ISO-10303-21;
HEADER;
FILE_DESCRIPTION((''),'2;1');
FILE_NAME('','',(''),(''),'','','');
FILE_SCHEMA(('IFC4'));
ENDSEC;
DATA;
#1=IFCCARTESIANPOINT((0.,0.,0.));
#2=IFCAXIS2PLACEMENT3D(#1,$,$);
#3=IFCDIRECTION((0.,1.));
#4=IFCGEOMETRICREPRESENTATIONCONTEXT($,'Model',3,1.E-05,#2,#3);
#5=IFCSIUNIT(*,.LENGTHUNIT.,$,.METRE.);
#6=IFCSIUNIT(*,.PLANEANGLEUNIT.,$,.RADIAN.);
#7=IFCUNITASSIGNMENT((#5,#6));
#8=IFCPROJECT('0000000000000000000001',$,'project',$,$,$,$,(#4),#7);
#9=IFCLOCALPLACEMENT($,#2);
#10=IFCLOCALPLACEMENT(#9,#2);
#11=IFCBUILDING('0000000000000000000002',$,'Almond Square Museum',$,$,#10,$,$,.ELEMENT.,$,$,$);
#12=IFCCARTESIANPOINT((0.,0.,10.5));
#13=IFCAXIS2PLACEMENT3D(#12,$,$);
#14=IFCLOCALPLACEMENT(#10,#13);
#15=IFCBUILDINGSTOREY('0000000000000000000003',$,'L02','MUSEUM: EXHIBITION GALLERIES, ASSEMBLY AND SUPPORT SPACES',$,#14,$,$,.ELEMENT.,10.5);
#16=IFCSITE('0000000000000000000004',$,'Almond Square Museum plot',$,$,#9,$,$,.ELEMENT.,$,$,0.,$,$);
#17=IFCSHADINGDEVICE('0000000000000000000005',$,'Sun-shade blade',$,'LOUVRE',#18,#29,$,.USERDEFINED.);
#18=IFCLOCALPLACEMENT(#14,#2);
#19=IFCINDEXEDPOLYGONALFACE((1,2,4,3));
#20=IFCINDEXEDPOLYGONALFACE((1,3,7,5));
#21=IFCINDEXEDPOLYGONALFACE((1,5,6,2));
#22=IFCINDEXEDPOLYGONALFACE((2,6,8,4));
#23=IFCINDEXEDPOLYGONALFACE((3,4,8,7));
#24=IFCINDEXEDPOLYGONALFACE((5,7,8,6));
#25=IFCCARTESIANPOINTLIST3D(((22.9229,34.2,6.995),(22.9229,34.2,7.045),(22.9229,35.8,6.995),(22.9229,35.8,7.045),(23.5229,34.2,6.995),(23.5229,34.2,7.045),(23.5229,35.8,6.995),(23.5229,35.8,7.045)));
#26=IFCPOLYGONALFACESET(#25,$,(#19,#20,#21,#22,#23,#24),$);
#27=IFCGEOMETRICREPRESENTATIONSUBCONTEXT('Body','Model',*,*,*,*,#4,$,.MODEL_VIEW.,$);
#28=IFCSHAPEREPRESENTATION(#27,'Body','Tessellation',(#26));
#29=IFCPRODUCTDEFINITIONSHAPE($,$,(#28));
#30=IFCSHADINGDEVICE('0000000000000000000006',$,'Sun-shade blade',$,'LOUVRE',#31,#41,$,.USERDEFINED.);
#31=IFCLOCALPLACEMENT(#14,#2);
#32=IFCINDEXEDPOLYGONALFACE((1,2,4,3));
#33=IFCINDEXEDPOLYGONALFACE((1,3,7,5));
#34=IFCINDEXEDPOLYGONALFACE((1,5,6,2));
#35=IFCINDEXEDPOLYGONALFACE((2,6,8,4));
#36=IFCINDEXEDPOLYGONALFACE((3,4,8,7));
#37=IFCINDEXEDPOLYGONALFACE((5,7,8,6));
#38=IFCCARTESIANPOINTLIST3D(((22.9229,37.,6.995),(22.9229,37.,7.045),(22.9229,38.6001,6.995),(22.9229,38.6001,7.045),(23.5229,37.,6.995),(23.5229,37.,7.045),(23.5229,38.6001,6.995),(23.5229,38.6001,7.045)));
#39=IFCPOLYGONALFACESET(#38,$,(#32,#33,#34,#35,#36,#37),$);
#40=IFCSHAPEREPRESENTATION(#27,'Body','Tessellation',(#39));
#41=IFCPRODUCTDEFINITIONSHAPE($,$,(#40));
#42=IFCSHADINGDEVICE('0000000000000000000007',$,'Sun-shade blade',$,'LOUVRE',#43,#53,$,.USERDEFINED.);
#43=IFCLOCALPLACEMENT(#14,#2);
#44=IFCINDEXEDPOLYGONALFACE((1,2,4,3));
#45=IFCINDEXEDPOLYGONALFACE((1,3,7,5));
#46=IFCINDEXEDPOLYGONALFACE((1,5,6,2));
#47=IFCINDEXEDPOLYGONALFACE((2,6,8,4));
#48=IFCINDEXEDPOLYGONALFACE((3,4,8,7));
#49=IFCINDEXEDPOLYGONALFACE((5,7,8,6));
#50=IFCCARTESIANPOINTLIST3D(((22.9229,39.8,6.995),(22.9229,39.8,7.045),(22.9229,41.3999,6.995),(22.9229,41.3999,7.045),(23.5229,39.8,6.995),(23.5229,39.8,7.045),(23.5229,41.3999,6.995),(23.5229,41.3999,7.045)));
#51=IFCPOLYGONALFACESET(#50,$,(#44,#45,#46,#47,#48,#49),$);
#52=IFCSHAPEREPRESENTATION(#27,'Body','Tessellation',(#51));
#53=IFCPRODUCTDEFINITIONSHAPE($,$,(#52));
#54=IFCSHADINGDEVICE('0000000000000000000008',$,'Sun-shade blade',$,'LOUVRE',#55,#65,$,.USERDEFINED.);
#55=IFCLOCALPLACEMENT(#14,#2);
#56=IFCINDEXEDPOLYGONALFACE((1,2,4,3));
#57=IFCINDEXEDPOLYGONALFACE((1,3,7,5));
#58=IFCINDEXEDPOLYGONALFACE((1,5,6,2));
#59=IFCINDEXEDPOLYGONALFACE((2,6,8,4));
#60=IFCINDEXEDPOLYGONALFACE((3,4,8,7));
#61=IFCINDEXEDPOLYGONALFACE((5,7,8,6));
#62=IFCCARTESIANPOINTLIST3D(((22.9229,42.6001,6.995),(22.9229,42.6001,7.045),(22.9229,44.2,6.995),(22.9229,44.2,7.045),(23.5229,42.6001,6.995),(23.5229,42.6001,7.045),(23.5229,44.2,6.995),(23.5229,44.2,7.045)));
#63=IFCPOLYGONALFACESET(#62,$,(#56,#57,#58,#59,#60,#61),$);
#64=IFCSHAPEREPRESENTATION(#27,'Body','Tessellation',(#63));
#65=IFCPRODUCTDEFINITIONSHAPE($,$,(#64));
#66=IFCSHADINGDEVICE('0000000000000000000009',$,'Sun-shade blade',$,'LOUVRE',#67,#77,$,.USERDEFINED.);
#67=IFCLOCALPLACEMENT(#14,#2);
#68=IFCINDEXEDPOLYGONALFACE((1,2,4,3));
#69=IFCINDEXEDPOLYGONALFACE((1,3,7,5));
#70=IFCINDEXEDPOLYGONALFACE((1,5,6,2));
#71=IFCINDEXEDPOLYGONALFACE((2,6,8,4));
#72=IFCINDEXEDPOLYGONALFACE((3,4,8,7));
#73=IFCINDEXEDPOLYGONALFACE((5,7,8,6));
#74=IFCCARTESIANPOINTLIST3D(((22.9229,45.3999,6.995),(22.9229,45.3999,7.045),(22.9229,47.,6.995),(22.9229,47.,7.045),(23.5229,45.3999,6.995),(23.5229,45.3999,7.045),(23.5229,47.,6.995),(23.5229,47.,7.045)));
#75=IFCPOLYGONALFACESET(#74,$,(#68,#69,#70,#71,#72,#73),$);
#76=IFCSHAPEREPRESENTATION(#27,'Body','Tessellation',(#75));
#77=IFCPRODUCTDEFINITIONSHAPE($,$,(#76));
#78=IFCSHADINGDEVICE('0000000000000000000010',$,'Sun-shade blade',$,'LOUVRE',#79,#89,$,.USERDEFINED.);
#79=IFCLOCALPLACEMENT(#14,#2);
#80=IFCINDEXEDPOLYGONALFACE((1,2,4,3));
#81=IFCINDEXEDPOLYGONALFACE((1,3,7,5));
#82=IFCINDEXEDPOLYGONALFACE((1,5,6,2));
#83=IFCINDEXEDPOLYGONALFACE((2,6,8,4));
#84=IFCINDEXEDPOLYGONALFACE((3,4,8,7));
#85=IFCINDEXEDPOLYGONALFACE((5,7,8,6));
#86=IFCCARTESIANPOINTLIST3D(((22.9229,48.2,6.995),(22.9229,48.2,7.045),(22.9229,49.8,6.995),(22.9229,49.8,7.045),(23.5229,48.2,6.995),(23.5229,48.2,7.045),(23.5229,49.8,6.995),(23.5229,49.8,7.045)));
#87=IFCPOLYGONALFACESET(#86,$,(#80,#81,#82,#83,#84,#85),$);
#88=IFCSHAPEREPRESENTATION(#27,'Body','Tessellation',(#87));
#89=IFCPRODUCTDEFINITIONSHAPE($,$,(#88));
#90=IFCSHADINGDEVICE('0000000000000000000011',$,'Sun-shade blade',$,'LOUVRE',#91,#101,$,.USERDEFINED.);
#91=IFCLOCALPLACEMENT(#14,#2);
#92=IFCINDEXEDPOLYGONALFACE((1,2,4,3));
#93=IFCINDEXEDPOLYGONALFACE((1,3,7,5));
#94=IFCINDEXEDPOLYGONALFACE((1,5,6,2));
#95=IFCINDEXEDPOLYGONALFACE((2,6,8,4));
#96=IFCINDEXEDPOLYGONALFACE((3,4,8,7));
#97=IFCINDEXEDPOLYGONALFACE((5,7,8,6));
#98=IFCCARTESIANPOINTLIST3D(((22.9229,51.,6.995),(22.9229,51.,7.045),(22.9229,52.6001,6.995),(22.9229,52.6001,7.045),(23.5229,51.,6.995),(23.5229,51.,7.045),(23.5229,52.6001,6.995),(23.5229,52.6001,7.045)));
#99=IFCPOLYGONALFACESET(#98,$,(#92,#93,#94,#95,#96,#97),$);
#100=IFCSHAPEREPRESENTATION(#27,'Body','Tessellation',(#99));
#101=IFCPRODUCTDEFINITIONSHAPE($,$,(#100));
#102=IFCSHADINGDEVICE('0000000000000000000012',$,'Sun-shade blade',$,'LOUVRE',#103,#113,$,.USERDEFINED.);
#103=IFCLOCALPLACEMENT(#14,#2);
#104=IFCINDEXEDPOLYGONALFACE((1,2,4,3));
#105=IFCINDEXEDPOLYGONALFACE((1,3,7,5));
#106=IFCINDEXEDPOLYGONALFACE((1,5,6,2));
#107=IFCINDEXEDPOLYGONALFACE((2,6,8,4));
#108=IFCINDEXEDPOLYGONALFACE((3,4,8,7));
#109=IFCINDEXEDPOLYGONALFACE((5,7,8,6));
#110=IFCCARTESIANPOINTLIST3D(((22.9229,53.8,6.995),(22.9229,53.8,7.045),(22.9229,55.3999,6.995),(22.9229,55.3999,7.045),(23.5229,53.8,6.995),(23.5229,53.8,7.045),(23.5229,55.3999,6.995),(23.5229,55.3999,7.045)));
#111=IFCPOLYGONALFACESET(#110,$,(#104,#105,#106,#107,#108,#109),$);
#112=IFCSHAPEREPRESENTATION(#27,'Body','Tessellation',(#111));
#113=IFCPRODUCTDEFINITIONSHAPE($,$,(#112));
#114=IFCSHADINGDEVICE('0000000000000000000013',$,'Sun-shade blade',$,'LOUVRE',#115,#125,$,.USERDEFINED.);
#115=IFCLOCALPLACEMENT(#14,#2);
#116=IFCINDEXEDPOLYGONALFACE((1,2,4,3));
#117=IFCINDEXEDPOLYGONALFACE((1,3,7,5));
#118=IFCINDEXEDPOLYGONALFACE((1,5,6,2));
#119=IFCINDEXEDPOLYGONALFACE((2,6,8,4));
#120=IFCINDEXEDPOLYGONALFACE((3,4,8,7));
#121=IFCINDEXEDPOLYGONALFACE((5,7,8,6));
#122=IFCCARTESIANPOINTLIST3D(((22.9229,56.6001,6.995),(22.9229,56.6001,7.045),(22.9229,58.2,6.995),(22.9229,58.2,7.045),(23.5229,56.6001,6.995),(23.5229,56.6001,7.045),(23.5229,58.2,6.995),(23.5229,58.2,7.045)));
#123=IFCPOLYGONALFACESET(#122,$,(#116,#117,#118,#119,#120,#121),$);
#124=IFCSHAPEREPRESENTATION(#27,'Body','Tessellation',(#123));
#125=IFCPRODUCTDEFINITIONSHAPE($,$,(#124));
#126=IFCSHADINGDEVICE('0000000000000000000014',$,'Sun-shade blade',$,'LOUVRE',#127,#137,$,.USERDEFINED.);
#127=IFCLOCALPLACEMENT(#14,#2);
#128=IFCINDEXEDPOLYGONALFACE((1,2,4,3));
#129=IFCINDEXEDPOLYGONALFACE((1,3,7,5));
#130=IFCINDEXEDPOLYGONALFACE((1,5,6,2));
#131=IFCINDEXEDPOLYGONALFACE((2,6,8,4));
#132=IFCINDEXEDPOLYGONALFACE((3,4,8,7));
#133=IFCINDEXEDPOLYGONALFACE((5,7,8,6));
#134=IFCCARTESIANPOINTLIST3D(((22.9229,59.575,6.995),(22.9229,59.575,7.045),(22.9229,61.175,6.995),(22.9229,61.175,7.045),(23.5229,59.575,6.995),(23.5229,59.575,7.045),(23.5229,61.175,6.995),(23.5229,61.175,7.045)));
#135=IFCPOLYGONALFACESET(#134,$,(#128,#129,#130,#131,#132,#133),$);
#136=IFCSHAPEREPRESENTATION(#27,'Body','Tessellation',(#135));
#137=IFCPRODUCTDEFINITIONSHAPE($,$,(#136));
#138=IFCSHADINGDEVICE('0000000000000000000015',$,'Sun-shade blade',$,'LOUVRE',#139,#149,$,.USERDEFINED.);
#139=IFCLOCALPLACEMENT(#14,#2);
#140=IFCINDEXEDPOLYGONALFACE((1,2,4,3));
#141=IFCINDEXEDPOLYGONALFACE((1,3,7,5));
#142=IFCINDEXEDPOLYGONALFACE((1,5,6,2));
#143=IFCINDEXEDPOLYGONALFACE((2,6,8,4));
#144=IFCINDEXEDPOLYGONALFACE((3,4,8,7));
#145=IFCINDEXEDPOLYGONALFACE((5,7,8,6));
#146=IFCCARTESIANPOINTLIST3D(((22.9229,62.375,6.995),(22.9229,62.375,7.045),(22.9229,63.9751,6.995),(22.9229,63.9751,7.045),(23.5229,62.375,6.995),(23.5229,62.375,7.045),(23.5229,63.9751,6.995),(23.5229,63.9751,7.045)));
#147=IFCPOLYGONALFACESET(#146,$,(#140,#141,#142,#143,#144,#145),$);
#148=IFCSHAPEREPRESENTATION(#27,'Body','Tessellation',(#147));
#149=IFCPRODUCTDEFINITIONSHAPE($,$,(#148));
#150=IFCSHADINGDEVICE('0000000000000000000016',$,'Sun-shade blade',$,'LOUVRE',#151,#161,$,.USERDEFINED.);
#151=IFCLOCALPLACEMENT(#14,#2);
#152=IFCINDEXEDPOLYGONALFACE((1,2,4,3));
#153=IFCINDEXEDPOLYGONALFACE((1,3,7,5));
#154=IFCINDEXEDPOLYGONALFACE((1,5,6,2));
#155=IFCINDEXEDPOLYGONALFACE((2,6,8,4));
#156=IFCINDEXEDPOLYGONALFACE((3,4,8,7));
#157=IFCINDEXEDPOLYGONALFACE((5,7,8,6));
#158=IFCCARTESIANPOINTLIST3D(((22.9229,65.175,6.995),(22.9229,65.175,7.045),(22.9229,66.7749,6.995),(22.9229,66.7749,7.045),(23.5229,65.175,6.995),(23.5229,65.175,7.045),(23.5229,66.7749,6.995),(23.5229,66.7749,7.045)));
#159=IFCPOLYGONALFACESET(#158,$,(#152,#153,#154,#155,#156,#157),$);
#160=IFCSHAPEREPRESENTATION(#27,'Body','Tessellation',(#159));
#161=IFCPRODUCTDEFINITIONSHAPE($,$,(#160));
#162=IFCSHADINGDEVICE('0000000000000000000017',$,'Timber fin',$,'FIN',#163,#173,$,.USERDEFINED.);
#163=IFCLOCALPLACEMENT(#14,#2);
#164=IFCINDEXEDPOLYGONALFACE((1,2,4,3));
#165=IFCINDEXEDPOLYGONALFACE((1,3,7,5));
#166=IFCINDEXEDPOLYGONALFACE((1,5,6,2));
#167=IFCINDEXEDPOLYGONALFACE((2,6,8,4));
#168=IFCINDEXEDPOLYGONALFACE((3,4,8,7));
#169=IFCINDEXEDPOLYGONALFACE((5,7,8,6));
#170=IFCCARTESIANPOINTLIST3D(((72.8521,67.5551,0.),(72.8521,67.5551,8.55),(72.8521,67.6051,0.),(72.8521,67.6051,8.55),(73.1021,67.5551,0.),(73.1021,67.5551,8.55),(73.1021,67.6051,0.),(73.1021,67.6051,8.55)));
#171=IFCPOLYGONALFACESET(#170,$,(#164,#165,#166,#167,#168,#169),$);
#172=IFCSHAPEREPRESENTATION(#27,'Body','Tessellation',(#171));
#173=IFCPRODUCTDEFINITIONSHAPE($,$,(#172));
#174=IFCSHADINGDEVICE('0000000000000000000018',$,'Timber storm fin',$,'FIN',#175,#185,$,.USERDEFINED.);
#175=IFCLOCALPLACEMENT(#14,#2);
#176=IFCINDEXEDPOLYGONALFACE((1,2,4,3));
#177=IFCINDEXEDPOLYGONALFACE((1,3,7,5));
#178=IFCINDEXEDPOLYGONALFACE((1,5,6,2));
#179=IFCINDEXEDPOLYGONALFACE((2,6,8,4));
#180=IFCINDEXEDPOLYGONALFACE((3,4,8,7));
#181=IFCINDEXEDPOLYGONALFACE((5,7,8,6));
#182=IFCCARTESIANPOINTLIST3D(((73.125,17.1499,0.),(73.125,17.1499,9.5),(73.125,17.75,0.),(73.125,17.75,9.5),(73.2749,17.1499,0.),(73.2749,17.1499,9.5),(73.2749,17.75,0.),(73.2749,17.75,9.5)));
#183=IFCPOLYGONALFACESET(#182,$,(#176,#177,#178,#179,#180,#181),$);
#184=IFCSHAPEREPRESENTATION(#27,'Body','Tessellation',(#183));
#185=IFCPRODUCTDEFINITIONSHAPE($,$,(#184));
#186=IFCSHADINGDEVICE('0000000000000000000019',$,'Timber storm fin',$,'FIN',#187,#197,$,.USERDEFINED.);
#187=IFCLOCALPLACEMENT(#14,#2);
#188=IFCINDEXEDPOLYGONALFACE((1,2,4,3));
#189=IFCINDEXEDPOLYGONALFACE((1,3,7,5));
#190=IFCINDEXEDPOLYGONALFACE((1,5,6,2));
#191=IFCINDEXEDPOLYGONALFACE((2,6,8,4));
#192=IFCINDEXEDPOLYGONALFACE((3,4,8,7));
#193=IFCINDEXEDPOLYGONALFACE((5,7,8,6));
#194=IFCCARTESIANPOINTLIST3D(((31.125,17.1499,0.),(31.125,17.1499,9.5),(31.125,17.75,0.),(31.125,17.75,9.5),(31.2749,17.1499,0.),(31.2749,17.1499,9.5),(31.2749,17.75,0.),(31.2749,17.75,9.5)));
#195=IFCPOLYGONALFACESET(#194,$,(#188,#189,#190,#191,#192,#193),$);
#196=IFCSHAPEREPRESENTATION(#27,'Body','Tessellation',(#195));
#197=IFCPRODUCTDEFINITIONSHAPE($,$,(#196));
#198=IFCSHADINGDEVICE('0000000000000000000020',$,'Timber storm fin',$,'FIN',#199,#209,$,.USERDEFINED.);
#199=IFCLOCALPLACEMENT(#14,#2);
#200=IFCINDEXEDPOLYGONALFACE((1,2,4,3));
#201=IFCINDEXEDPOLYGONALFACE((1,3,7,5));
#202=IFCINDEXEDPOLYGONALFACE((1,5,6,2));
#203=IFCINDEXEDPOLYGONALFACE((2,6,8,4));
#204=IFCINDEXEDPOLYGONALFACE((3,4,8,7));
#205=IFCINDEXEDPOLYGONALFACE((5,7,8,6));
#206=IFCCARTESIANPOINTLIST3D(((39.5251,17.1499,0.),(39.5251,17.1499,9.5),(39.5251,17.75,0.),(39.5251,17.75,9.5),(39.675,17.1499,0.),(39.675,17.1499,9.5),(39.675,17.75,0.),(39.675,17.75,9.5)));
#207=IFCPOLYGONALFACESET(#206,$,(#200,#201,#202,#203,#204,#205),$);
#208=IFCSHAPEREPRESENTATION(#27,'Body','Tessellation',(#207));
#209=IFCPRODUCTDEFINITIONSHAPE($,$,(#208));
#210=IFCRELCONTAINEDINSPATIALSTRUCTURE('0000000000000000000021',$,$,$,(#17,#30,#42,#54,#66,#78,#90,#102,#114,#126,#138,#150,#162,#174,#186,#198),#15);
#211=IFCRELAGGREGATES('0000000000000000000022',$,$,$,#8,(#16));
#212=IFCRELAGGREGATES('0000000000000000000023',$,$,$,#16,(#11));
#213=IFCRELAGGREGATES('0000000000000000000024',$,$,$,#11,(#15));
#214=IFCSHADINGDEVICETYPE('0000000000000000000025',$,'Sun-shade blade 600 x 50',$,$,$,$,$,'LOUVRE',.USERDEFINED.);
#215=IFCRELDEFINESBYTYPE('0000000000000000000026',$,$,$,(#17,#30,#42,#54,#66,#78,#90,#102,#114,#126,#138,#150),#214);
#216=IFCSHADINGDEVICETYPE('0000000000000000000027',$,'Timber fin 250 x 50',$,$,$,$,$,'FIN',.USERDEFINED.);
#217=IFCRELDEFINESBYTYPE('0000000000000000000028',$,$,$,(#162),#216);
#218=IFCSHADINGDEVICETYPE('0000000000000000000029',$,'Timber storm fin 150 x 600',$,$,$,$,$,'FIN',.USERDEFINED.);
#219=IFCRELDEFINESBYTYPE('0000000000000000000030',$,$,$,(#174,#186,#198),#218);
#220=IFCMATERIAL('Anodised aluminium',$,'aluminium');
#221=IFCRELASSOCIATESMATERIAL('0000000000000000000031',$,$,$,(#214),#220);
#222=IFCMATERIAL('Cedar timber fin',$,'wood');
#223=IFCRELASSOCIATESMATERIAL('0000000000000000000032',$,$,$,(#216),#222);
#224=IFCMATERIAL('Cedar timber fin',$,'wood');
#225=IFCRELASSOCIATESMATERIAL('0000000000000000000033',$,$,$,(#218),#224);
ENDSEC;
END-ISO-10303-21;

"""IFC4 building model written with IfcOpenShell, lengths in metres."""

from ifc_helpers import new_model, si_unit, direction, frame, origin, origin_2d, place, context, subcontext, project, spatial, rectangle, extrude, material, material_profile, profile_set, type_object, element, save


model = new_model("IFC4")

# Units and contexts
model_context = context("Model", 3, precision=1e-05, world=origin(), true_north=direction((0.0, 1.0)))
body_context = subcontext(model_context, "Body", "Model", "MODEL_VIEW")
ifc_project = project(units=[si_unit("LENGTHUNIT", "METRE"), si_unit("PLANEANGLEUNIT", "RADIAN")], contexts=[model_context])

# Site, building, storey
site_placement = place(None, origin())
site = spatial("IfcSite", under=ifc_project, at=site_placement, Name="Almond Square Museum plot", CompositionType="ELEMENT", RefElevation=0.0)
building_placement = place(site_placement, origin())
building = spatial("IfcBuilding", under=site, at=building_placement, Name="Almond Square Museum", CompositionType="ELEMENT")
storey_placement = place(building_placement, frame((0.0, 0.0, 10.5)))
storey = spatial("IfcBuildingStorey", under=building, at=storey_placement, Name="L02", Description="MUSEUM: EXHIBITION GALLERIES, ASSEMBLY AND SUPPORT SPACES", CompositionType="ELEMENT", Elevation=10.5)

# Shading devices
ifc_material_1 = material(Name="Anodised aluminium", Category="aluminium")
ifc_material_profile_1 = material_profile(ifc_material_1, rectangle(XDim=0.6001, YDim=0.05, at=origin_2d()))
ifc_profile_set_1 = profile_set([ifc_material_profile_1], Name="Anodised aluminium")
shading_device_type_1 = type_object("IfcShadingDeviceType", Name="Sun-shade blade 600 x 50", ElementType="LOUVRE", PredefinedType="USERDEFINED", material=ifc_profile_set_1)
for number, where, z_axis, x_axis, name in (
    (1, (23.2229, 34.2, 7.02), (0.0, 1.0, 0.0), (-1.0, 0.0, 0.0), "Sun-shade blade"),
    (2, (23.2229, 37.0, 7.02), (0.0, 1.0, 0.0), (-1.0, 0.0, 0.0), "Sun-shade blade"),
):
    element("IfcShadingDevice", number, at=place(storey_placement, frame(where, z_axis=z_axis, x_axis=x_axis)), inside=storey, type_object=shading_device_type_1, Name=name, ObjectType="LOUVRE", PredefinedType="USERDEFINED", context=body_context, shape_type="SweptSolid", body=[
        extrude(rectangle(XDim=0.6001, YDim=0.05, at=origin_2d()), origin(), (0.0, 0.0, 1.0), 1.6001),
    ])
for number, where, z_axis, x_axis, name in (
    (3, (23.2229, 39.8, 7.02), (0.0, 1.0, 0.0), (-1.0, 0.0, 0.0), "Sun-shade blade"),
    (4, (23.2229, 42.6001, 7.02), (0.0, 1.0, 0.0), (-1.0, 0.0, 0.0), "Sun-shade blade"),
):
    element("IfcShadingDevice", number, at=place(storey_placement, frame(where, z_axis=z_axis, x_axis=x_axis)), inside=storey, type_object=shading_device_type_1, Name=name, ObjectType="LOUVRE", PredefinedType="USERDEFINED", context=body_context, shape_type="SweptSolid", body=[
        extrude(rectangle(XDim=0.6001, YDim=0.05, at=origin_2d()), origin(), (0.0, 0.0, 1.0), 1.5999),
    ])
for number, where, z_axis, x_axis, name in (
    (5, (23.2229, 45.3999, 7.02), (0.0, 1.0, 0.0), (-1.0, 0.0, 0.0), "Sun-shade blade"),
    (6, (23.2229, 48.2, 7.02), (0.0, 1.0, 0.0), (-1.0, 0.0, 0.0), "Sun-shade blade"),
    (7, (23.2229, 51.0, 7.02), (0.0, 1.0, 0.0), (-1.0, 0.0, 0.0), "Sun-shade blade"),
):
    element("IfcShadingDevice", number, at=place(storey_placement, frame(where, z_axis=z_axis, x_axis=x_axis)), inside=storey, type_object=shading_device_type_1, Name=name, ObjectType="LOUVRE", PredefinedType="USERDEFINED", context=body_context, shape_type="SweptSolid", body=[
        extrude(rectangle(XDim=0.6001, YDim=0.05, at=origin_2d()), origin(), (0.0, 0.0, 1.0), 1.6001),
    ])
for number, where, z_axis, x_axis, name in (
    (8, (23.2229, 53.8, 7.02), (0.0, 1.0, 0.0), (-1.0, 0.0, 0.0), "Sun-shade blade"),
    (9, (23.2229, 56.6001, 7.02), (0.0, 1.0, 0.0), (-1.0, 0.0, 0.0), "Sun-shade blade"),
):
    element("IfcShadingDevice", number, at=place(storey_placement, frame(where, z_axis=z_axis, x_axis=x_axis)), inside=storey, type_object=shading_device_type_1, Name=name, ObjectType="LOUVRE", PredefinedType="USERDEFINED", context=body_context, shape_type="SweptSolid", body=[
        extrude(rectangle(XDim=0.6001, YDim=0.05, at=origin_2d()), origin(), (0.0, 0.0, 1.0), 1.5999),
    ])
for number, where, z_axis, x_axis, name in (
    (10, (23.2229, 59.575, 7.02), (0.0, 1.0, 0.0), (-1.0, 0.0, 0.0), "Sun-shade blade"),
    (11, (23.2229, 62.375, 7.02), (0.0, 1.0, 0.0), (-1.0, 0.0, 0.0), "Sun-shade blade"),
):
    element("IfcShadingDevice", number, at=place(storey_placement, frame(where, z_axis=z_axis, x_axis=x_axis)), inside=storey, type_object=shading_device_type_1, Name=name, ObjectType="LOUVRE", PredefinedType="USERDEFINED", context=body_context, shape_type="SweptSolid", body=[
        extrude(rectangle(XDim=0.6001, YDim=0.05, at=origin_2d()), origin(), (0.0, 0.0, 1.0), 1.6001),
    ])
shading_device_1_placement = place(storey_placement, frame((23.2229, 65.175, 7.02), z_axis=(0.0, 1.0, 0.0), x_axis=(-1.0, 0.0, 0.0)))
element("IfcShadingDevice", 12, at=shading_device_1_placement, inside=storey, type_object=shading_device_type_1, Name="Sun-shade blade", ObjectType="LOUVRE", PredefinedType="USERDEFINED", context=body_context, shape_type="SweptSolid", body=[
    extrude(rectangle(XDim=0.6001, YDim=0.05, at=origin_2d()), origin(), (0.0, 0.0, 1.0), 1.5999),
])
ifc_material_2 = material(Name="Cedar timber fin", Category="wood")
ifc_material_profile_2 = material_profile(ifc_material_2, rectangle(XDim=0.25, YDim=0.05, at=origin_2d()))
ifc_profile_set_2 = profile_set([ifc_material_profile_2], Name="Cedar timber fin")
shading_device_type_2 = type_object("IfcShadingDeviceType", Name="Timber fin 250 x 50", ElementType="FIN", PredefinedType="USERDEFINED", material=ifc_profile_set_2)
shading_device_2_placement = place(storey_placement, frame((72.9771, 67.5801, 0.0), z_axis=(0.0, 0.0, 1.0), x_axis=(-1.0, 0.0, 0.0)))
element("IfcShadingDevice", 13, at=shading_device_2_placement, inside=storey, type_object=shading_device_type_2, Name="Timber fin", ObjectType="FIN", PredefinedType="USERDEFINED", context=body_context, shape_type="SweptSolid", body=[
    extrude(rectangle(XDim=0.25, YDim=0.05, at=origin_2d()), origin(), (0.0, 0.0, 1.0), 8.55),
])
ifc_material_3 = material(Name="Cedar timber fin", Category="wood")
shading_device_type_3 = type_object("IfcShadingDeviceType", Name="Timber storm fin 150 x 600", ElementType="FIN", PredefinedType="USERDEFINED", material=ifc_material_3)
for number, where, z_axis, x_axis, name in (
    (14, (73.2, 17.45, 0.0), (0.0, 0.0, 1.0), (1.0, 0.0, 0.0), "Timber storm fin"),
    (15, (31.2, 17.45, 0.0), (0.0, 0.0, 1.0), (1.0, 0.0, 0.0), "Timber storm fin"),
    (16, (39.6001, 17.45, 0.0), (0.0, 0.0, 1.0), (1.0, 0.0, 0.0), "Timber storm fin"),
):
    element("IfcShadingDevice", number, at=place(storey_placement, frame(where, z_axis=z_axis, x_axis=x_axis)), inside=storey, type_object=shading_device_type_3, Name=name, ObjectType="FIN", PredefinedType="USERDEFINED", context=body_context, shape_type="SweptSolid", body=[
        extrude(rectangle(XDim=0.1499, YDim=0.6001, at=origin_2d()), origin(), (0.0, 0.0, 1.0), 9.5),
    ])

save(model, "model.ifc")
